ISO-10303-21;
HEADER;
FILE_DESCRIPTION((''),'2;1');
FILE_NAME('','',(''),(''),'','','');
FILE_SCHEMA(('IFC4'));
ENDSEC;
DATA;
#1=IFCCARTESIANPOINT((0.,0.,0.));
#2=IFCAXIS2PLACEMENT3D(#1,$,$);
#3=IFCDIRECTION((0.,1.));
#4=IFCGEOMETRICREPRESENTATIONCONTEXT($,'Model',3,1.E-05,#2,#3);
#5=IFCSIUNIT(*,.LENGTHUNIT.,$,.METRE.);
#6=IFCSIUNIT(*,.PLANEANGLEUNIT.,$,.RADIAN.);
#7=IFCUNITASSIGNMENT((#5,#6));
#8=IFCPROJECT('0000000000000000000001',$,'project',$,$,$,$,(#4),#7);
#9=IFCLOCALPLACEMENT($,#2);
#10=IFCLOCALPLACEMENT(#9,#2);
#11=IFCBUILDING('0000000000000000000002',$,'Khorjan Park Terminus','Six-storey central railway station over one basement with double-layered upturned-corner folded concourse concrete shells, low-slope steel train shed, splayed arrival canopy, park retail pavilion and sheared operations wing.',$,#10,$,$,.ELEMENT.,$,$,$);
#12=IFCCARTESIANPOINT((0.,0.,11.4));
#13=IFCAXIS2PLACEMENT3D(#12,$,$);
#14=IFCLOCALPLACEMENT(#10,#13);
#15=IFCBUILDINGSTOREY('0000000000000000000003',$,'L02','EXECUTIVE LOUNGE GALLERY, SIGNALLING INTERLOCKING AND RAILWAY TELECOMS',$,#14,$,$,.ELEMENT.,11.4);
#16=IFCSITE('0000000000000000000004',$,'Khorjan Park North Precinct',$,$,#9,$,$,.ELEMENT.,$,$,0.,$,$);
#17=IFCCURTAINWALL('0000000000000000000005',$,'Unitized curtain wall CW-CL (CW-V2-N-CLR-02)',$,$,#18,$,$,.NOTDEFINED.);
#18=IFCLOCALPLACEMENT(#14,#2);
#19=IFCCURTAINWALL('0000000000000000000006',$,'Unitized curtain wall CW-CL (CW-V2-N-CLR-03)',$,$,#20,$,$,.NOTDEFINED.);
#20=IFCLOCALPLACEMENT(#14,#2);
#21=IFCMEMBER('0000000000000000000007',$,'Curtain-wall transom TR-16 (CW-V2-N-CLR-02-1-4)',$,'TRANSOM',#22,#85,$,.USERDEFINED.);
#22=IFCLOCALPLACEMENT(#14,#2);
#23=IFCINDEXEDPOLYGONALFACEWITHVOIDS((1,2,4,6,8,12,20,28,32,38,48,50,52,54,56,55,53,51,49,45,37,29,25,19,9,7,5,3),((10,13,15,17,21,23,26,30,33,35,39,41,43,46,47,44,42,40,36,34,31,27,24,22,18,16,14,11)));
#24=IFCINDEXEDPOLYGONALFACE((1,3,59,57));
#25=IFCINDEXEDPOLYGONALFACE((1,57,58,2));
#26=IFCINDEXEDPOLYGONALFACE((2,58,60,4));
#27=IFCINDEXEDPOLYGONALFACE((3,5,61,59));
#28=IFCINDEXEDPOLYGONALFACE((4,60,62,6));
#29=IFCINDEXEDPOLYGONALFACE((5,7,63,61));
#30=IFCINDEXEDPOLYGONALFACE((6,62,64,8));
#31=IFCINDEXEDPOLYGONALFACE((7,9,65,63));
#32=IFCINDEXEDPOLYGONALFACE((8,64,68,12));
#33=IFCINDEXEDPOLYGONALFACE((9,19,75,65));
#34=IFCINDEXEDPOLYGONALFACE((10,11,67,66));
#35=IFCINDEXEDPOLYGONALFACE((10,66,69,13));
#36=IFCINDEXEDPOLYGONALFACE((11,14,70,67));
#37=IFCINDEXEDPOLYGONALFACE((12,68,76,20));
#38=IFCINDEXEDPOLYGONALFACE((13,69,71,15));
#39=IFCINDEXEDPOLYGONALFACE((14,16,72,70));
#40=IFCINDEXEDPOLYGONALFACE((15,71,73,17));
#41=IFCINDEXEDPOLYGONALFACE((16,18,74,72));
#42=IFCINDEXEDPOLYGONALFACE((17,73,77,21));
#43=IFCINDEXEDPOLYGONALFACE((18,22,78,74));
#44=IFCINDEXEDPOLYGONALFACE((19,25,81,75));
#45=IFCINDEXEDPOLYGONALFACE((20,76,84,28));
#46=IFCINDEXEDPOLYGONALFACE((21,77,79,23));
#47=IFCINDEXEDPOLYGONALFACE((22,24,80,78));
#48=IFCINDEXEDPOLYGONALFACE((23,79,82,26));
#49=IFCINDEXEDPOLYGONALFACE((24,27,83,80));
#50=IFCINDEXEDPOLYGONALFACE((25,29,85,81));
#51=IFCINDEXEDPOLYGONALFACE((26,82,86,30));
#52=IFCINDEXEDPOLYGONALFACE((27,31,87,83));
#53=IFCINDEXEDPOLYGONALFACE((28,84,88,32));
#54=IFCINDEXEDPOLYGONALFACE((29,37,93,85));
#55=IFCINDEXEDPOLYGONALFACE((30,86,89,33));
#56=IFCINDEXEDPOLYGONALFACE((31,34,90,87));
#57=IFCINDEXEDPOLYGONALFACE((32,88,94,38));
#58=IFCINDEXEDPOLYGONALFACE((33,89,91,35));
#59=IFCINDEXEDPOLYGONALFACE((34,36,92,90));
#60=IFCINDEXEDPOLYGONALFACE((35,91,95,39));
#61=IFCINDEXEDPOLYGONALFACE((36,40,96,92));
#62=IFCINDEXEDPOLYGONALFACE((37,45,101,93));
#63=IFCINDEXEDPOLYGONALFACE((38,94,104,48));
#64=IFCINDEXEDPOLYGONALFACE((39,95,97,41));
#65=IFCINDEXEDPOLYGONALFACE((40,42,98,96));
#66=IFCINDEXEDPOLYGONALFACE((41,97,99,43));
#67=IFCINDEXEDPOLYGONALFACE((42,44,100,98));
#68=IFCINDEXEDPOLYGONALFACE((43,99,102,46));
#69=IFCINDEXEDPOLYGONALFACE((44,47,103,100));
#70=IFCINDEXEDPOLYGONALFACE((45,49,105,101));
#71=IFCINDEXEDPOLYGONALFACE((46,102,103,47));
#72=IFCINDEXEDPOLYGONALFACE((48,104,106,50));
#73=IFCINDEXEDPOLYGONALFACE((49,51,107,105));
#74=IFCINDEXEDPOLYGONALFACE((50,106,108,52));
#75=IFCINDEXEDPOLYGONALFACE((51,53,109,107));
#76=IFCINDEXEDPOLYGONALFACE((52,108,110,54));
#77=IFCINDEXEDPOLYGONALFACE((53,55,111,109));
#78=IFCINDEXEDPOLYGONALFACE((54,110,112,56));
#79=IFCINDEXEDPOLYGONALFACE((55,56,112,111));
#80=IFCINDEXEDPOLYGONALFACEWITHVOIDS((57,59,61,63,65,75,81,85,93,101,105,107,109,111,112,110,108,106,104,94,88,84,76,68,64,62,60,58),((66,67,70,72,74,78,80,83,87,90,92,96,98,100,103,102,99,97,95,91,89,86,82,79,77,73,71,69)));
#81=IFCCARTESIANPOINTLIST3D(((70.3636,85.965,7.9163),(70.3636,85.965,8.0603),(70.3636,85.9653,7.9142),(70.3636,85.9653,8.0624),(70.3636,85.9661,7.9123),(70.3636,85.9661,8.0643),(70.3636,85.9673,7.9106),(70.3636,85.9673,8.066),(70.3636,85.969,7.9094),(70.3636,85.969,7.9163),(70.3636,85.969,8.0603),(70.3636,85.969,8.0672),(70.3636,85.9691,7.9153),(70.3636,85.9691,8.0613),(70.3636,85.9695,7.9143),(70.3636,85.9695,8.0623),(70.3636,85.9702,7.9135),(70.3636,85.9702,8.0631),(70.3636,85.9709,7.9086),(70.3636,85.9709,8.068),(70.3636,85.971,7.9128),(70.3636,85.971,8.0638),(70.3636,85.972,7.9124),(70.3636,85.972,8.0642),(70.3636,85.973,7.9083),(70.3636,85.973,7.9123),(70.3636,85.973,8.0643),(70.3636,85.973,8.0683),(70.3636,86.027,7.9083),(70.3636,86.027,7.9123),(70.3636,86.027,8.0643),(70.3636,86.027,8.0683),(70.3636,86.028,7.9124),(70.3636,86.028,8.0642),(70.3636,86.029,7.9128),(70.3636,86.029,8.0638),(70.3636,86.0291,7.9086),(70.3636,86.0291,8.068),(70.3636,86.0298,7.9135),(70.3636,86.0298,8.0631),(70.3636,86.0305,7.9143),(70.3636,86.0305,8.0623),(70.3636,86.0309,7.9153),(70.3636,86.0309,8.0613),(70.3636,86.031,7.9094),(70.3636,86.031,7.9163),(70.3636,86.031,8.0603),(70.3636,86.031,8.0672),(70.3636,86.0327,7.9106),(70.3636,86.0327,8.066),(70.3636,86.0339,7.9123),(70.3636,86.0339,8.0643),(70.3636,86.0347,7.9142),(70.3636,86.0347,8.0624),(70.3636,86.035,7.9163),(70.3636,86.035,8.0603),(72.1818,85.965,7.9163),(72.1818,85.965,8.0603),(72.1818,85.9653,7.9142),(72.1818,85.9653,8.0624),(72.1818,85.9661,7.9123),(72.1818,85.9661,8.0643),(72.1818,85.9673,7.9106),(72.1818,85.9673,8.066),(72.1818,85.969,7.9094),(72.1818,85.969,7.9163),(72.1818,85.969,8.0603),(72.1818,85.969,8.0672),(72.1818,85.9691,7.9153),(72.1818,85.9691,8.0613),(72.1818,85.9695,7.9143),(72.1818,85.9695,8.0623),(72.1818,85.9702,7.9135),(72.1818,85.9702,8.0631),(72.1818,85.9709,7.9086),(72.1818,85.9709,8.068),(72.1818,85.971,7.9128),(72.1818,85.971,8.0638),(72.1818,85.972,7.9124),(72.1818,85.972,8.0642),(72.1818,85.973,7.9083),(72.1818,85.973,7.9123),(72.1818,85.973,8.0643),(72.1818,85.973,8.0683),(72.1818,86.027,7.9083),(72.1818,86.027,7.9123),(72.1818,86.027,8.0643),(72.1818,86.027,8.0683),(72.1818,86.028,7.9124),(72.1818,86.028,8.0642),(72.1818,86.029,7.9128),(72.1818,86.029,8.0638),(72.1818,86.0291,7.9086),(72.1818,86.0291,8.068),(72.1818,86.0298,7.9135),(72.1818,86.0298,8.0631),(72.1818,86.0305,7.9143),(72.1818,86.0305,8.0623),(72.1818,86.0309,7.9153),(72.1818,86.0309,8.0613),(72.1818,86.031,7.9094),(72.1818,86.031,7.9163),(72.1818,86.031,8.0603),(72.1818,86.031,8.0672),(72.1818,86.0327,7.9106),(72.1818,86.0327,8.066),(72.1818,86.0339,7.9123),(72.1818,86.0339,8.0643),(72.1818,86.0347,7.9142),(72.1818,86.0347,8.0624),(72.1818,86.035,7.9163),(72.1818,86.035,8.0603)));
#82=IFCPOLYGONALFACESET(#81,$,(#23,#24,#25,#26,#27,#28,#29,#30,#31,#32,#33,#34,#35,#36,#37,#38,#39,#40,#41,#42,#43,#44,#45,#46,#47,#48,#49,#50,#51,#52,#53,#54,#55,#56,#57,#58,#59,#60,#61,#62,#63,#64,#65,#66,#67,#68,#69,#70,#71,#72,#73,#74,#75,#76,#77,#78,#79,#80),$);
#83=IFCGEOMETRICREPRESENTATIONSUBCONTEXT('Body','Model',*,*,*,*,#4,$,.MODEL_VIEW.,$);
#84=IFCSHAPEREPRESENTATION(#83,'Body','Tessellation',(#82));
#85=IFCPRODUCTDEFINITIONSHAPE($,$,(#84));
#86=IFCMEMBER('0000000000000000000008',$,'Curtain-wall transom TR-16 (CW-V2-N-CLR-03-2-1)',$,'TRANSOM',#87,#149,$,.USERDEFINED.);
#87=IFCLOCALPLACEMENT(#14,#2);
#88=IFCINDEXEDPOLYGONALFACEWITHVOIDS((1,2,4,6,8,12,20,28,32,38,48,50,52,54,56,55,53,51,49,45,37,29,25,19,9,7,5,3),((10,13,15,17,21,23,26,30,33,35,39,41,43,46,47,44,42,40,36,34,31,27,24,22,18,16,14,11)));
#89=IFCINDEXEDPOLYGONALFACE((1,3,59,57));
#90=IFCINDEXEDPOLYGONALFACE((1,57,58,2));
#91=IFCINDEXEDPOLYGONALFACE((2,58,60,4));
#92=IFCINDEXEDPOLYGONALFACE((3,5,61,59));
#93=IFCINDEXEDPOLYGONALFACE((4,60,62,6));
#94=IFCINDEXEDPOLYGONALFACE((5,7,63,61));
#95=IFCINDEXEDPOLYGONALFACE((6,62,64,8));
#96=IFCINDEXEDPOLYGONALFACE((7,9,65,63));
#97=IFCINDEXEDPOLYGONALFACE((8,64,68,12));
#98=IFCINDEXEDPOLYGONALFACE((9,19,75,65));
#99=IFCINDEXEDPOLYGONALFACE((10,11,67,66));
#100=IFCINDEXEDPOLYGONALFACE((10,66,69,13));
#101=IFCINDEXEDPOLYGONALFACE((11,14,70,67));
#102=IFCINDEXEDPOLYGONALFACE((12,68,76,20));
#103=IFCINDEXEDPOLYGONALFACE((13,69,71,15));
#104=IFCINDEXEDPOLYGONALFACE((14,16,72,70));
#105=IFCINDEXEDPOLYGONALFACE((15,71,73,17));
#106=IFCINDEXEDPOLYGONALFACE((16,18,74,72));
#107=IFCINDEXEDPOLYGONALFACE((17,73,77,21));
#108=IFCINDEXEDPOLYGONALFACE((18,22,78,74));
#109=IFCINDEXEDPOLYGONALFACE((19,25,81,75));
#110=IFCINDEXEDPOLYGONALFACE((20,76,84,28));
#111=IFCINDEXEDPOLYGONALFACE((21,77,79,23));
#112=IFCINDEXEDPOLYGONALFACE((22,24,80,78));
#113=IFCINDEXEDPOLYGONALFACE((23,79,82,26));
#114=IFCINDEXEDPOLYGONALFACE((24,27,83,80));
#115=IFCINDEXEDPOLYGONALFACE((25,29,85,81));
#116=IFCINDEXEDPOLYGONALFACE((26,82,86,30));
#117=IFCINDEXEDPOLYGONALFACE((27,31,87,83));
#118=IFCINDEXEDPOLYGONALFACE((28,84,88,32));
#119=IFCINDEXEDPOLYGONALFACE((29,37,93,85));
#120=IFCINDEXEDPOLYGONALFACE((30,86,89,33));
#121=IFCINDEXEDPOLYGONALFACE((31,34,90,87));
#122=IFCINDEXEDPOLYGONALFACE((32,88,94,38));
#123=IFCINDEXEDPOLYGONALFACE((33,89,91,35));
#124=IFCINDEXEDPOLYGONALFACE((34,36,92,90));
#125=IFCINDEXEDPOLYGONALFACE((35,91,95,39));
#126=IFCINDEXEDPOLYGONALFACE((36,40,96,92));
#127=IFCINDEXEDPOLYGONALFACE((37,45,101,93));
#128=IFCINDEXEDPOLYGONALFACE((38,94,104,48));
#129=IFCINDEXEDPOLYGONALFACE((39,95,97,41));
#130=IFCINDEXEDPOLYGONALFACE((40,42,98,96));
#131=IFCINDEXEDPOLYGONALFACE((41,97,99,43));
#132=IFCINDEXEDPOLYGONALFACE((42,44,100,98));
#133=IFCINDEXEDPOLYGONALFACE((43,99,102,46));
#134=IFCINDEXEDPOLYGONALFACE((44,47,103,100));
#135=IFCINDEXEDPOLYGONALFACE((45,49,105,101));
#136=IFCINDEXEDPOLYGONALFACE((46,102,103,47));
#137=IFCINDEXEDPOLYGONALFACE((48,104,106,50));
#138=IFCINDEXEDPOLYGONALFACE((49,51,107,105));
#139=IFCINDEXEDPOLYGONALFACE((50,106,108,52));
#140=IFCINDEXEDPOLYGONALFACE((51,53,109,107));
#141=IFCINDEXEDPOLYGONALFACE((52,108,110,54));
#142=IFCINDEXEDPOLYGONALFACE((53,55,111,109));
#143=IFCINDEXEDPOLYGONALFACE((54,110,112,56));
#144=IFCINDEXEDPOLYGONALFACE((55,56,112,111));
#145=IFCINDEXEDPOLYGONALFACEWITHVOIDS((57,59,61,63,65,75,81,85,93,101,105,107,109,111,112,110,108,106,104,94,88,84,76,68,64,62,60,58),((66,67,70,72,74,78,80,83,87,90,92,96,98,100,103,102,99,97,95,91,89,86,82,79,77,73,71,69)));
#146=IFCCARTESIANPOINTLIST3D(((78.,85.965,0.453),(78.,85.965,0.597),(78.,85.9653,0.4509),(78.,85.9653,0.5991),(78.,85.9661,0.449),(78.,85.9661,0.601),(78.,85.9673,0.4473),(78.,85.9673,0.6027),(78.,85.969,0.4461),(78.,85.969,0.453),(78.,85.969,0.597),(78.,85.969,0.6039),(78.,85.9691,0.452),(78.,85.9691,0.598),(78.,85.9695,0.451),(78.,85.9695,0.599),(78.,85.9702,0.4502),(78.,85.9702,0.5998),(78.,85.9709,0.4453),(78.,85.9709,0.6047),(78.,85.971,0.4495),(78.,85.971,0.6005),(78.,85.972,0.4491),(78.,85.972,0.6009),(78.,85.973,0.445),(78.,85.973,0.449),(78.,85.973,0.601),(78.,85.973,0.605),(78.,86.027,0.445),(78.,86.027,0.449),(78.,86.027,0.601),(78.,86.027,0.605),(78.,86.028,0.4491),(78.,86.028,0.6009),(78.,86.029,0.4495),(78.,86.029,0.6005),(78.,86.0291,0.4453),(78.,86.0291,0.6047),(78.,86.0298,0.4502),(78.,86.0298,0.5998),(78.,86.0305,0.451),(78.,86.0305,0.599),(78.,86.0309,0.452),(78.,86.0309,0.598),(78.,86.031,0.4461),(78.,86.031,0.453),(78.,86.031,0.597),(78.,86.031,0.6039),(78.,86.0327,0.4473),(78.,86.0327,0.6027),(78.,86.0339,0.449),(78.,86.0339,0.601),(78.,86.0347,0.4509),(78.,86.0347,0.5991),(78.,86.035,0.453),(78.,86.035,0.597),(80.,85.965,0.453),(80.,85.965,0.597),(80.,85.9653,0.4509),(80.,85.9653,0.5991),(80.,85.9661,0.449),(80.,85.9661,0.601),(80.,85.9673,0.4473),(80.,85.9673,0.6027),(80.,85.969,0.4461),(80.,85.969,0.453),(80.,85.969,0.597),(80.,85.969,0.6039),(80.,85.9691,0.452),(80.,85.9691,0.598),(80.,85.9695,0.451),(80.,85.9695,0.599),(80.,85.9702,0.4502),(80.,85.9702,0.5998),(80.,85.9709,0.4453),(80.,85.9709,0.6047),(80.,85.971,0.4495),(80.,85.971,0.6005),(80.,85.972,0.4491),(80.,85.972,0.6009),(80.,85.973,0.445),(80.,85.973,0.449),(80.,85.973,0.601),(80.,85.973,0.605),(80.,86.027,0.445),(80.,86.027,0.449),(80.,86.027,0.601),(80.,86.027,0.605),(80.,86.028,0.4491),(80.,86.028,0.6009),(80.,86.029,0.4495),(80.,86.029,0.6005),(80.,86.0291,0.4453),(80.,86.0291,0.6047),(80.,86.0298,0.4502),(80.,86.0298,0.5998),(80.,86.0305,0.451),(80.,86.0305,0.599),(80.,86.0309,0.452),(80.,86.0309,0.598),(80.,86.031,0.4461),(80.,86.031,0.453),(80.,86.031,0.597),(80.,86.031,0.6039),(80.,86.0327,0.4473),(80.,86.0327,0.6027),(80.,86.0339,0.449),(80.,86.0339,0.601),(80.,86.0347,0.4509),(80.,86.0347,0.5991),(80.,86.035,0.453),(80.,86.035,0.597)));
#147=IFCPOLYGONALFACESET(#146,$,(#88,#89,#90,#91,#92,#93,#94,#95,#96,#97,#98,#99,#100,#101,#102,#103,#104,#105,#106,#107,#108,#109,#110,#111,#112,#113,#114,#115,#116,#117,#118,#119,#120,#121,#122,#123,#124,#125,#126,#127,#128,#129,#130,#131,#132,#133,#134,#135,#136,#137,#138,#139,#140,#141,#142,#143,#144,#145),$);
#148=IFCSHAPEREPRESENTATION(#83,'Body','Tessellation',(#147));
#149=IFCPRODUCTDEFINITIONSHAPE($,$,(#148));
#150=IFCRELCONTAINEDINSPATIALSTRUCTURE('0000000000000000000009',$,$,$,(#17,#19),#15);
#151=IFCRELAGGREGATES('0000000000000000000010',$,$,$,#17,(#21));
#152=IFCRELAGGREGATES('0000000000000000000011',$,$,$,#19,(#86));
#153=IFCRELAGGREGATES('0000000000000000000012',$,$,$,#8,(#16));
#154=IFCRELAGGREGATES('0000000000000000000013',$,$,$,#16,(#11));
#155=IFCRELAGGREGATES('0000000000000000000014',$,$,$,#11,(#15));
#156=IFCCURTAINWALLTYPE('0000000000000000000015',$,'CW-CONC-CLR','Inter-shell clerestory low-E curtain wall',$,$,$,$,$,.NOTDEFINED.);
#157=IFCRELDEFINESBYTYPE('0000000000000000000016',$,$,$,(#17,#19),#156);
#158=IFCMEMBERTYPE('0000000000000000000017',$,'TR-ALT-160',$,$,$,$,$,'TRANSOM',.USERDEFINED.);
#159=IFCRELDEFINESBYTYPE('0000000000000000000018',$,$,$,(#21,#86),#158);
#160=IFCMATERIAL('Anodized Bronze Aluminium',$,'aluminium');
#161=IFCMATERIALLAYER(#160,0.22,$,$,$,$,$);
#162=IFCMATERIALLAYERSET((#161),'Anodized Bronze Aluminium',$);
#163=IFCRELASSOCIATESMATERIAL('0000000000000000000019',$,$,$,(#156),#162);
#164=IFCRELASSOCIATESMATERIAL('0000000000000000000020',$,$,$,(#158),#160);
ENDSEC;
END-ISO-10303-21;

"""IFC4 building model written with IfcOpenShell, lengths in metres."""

from ifc_helpers import new_model, si_unit, direction, frame, origin, origin_2d, place, context, subcontext, project, spatial, hollow_rectangle, extrude, material, layer, layer_set, material_profile, profile_set, type_object, element, aggregate, save


model = new_model("IFC4")

# Units and contexts
model_context = context("Model", 3, precision=1e-05, world=origin(), true_north=direction((0.0, 1.0)))
body_context = subcontext(model_context, "Body", "Model", "MODEL_VIEW")
ifc_project = project(units=[si_unit("LENGTHUNIT", "METRE"), si_unit("PLANEANGLEUNIT", "RADIAN")], contexts=[model_context])

# Site, building, storey
site_placement = place(None, origin())
site = spatial("IfcSite", under=ifc_project, at=site_placement, Name="Khorjan Park North Precinct", CompositionType="ELEMENT", RefElevation=0.0)
building_placement = place(site_placement, origin())
building = spatial("IfcBuilding", under=site, at=building_placement, Name="Khorjan Park Terminus", Description="Six-storey central railway station over one basement with double-layered upturned-corner folded concourse concrete shells, low-slope steel train shed, splayed arrival canopy, park retail pavilion and sheared operations wing.", CompositionType="ELEMENT")
storey_placement = place(building_placement, frame((0.0, 0.0, 11.4)))
storey = spatial("IfcBuildingStorey", under=building, at=storey_placement, Name="L02", Description="EXECUTIVE LOUNGE GALLERY, SIGNALLING INTERLOCKING AND RAILWAY TELECOMS", CompositionType="ELEMENT", Elevation=11.4)

# Curtain walls
ifc_material_1 = material(Name="Anodized Bronze Aluminium", Category="aluminium")
ifc_layer_1 = layer(ifc_material_1, 0.22)
ifc_layer_set_1 = layer_set([ifc_layer_1], Name="Anodized Bronze Aluminium")
curtain_wall_type = type_object("IfcCurtainWallType", Name="CW-CONC-CLR", Description="Inter-shell clerestory low-E curtain wall", PredefinedType="NOTDEFINED", material=ifc_layer_set_1)
curtain_wall_1_placement = place(storey_placement, origin())
curtain_wall_1 = element("IfcCurtainWall", 1, at=curtain_wall_1_placement, inside=storey, type_object=curtain_wall_type, Name="Unitized curtain wall CW-CL (CW-V2-N-CLR-02)", PredefinedType="NOTDEFINED")
curtain_wall_2_placement = place(storey_placement, origin())
curtain_wall_2 = element("IfcCurtainWall", 2, at=curtain_wall_2_placement, inside=storey, type_object=curtain_wall_type, Name="Unitized curtain wall CW-CL (CW-V2-N-CLR-03)", PredefinedType="NOTDEFINED")

# Members
ifc_material_profile_1 = material_profile(ifc_material_1, hollow_rectangle(XDim=0.07, YDim=0.16, WallThickness=0.004, InnerFilletRadius=0.004, OuterFilletRadius=0.008, at=origin_2d()), Name="ALT 70x160x4")
ifc_profile_set_1 = profile_set([ifc_material_profile_1], Name="Anodized Bronze Aluminium")
member_type_1 = type_object("IfcMemberType", Name="TR-ALT-160", ElementType="TRANSOM", PredefinedType="USERDEFINED", material=ifc_profile_set_1)
member_1_placement = place(storey_placement, frame((72.1818, 86.0, 7.9883), z_axis=(-1.0, 0.0, 0.0), x_axis=(0.0, -1.0, 0.0)))
member_1 = element("IfcMember", 3, at=member_1_placement, type_object=member_type_1, Name="Curtain-wall transom TR-16 (CW-V2-N-CLR-02-1-4)", ObjectType="TRANSOM", PredefinedType="USERDEFINED", context=body_context, shape_type="SweptSolid", body=[
    extrude(hollow_rectangle(XDim=0.07, YDim=0.16, WallThickness=0.004, InnerFilletRadius=0.004, OuterFilletRadius=0.008, at=origin_2d()), origin(), (0.0, 0.0, 1.0), 1.8182),
])
member_2_placement = place(storey_placement, frame((80.0, 86.0, 0.525), z_axis=(-1.0, 0.0, 0.0), x_axis=(0.0, -1.0, 0.0)))
member_2 = element("IfcMember", 4, at=member_2_placement, type_object=member_type_1, Name="Curtain-wall transom TR-16 (CW-V2-N-CLR-03-2-1)", ObjectType="TRANSOM", PredefinedType="USERDEFINED", context=body_context, shape_type="SweptSolid", body=[
    extrude(hollow_rectangle(XDim=0.07, YDim=0.16, WallThickness=0.004, InnerFilletRadius=0.004, OuterFilletRadius=0.008, at=origin_2d()), origin(), (0.0, 0.0, 1.0), 2.0),
])

aggregate(curtain_wall_1, [member_1])
aggregate(curtain_wall_2, [member_2])

save(model, "model.ifc")
